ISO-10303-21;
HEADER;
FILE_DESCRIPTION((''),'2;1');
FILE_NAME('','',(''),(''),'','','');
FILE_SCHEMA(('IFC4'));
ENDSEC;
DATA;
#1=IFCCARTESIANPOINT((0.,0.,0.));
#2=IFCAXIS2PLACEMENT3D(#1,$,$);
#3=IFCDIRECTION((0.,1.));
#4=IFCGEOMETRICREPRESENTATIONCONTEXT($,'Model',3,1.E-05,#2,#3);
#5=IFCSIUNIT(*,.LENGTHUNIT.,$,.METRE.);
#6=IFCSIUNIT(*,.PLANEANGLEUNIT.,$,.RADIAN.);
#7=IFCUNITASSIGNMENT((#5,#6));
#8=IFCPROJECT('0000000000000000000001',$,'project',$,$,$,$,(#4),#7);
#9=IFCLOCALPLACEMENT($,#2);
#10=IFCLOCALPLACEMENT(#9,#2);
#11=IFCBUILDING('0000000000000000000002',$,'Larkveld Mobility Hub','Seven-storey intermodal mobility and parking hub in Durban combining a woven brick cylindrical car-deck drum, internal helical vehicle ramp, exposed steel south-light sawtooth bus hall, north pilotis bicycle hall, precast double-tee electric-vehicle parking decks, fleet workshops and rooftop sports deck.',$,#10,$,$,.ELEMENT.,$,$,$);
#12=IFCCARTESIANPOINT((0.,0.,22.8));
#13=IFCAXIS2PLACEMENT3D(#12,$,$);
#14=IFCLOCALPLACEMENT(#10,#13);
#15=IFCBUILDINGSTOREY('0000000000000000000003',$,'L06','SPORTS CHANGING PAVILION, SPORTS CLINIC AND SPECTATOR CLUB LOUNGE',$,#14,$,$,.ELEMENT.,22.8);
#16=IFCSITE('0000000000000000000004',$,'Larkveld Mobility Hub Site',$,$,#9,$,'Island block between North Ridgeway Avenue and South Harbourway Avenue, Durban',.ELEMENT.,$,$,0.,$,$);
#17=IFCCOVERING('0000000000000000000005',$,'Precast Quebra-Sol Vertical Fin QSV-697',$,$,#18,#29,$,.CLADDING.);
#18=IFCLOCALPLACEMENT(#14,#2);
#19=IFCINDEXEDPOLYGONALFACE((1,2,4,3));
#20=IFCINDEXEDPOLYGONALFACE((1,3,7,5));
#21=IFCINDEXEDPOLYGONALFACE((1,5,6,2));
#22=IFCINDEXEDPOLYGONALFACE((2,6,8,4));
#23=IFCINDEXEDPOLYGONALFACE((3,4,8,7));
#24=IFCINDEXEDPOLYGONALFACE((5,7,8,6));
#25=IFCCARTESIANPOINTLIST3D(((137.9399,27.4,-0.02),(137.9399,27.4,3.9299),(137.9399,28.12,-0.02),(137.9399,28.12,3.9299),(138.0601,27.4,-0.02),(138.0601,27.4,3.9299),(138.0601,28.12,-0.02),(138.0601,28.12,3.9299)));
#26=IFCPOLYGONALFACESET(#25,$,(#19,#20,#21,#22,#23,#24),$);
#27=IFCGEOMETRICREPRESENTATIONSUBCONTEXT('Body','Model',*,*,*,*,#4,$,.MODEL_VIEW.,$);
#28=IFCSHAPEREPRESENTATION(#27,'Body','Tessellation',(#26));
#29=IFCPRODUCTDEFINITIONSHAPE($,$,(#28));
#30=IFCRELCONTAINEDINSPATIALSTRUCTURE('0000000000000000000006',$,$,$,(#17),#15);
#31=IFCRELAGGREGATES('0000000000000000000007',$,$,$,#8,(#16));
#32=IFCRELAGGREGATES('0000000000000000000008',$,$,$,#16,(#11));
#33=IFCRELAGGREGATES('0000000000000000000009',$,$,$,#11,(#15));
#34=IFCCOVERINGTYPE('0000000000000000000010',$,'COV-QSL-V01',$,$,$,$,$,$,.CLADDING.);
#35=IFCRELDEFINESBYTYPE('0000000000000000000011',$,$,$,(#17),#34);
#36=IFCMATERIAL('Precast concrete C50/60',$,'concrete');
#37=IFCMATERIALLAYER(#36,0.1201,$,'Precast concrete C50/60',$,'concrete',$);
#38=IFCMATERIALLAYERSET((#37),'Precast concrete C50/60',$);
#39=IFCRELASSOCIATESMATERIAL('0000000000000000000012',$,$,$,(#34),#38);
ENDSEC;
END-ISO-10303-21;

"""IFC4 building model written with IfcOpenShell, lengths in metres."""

from ifc_helpers import new_model, si_unit, direction, frame, origin, origin_2d, place, context, subcontext, project, spatial, rectangle, extrude, material, layer, layer_set, type_object, element, save


model = new_model("IFC4")

# Units and contexts
model_context = context("Model", 3, precision=1e-05, world=origin(), true_north=direction((0.0, 1.0)))
body_context = subcontext(model_context, "Body", "Model", "MODEL_VIEW")
ifc_project = project(units=[si_unit("LENGTHUNIT", "METRE"), si_unit("PLANEANGLEUNIT", "RADIAN")], contexts=[model_context])

# Site, building, storey
site_placement = place(None, origin())
site = spatial("IfcSite", under=ifc_project, at=site_placement, Name="Larkveld Mobility Hub Site", LongName="Island block between North Ridgeway Avenue and South Harbourway Avenue, Durban", CompositionType="ELEMENT", RefElevation=0.0)
building_placement = place(site_placement, origin())
building = spatial("IfcBuilding", under=site, at=building_placement, Name="Larkveld Mobility Hub", Description="Seven-storey intermodal mobility and parking hub in Durban combining a woven brick cylindrical car-deck drum, internal helical vehicle ramp, exposed steel south-light sawtooth bus hall, north pilotis bicycle hall, precast double-tee electric-vehicle parking decks, fleet workshops and rooftop sports deck.", CompositionType="ELEMENT")
storey_placement = place(building_placement, frame((0.0, 0.0, 22.8)))
storey = spatial("IfcBuildingStorey", under=building, at=storey_placement, Name="L06", Description="SPORTS CHANGING PAVILION, SPORTS CLINIC AND SPECTATOR CLUB LOUNGE", CompositionType="ELEMENT", Elevation=22.8)

# Covering
ifc_material_1 = material(Name="Precast concrete C50/60", Category="concrete")
ifc_layer_1 = layer(ifc_material_1, 0.1201, Name="Precast concrete C50/60", Category="concrete")
ifc_layer_set_1 = layer_set([ifc_layer_1], Name="Precast concrete C50/60")
covering_type = type_object("IfcCoveringType", Name="COV-QSL-V01", PredefinedType="CLADDING", material=ifc_layer_set_1)
for number, where, z_axis, x_axis, name in (
    (1, (138.0, 27.76, -0.02), (0.0, 0.0, 1.0), (1.0, 0.0, 0.0), "Precast Quebra-Sol Vertical Fin QSV-697"),
):
    element("IfcCovering", number, at=place(storey_placement, frame(where, z_axis=z_axis, x_axis=x_axis)), inside=storey, type_object=covering_type, Name=name, PredefinedType="CLADDING", context=body_context, shape_type="SweptSolid", body=[
        extrude(rectangle(XDim=0.1201, YDim=0.72, at=origin_2d()), origin(), (0.0, 0.0, 1.0), 3.95),
    ])

save(model, "model.ifc")
